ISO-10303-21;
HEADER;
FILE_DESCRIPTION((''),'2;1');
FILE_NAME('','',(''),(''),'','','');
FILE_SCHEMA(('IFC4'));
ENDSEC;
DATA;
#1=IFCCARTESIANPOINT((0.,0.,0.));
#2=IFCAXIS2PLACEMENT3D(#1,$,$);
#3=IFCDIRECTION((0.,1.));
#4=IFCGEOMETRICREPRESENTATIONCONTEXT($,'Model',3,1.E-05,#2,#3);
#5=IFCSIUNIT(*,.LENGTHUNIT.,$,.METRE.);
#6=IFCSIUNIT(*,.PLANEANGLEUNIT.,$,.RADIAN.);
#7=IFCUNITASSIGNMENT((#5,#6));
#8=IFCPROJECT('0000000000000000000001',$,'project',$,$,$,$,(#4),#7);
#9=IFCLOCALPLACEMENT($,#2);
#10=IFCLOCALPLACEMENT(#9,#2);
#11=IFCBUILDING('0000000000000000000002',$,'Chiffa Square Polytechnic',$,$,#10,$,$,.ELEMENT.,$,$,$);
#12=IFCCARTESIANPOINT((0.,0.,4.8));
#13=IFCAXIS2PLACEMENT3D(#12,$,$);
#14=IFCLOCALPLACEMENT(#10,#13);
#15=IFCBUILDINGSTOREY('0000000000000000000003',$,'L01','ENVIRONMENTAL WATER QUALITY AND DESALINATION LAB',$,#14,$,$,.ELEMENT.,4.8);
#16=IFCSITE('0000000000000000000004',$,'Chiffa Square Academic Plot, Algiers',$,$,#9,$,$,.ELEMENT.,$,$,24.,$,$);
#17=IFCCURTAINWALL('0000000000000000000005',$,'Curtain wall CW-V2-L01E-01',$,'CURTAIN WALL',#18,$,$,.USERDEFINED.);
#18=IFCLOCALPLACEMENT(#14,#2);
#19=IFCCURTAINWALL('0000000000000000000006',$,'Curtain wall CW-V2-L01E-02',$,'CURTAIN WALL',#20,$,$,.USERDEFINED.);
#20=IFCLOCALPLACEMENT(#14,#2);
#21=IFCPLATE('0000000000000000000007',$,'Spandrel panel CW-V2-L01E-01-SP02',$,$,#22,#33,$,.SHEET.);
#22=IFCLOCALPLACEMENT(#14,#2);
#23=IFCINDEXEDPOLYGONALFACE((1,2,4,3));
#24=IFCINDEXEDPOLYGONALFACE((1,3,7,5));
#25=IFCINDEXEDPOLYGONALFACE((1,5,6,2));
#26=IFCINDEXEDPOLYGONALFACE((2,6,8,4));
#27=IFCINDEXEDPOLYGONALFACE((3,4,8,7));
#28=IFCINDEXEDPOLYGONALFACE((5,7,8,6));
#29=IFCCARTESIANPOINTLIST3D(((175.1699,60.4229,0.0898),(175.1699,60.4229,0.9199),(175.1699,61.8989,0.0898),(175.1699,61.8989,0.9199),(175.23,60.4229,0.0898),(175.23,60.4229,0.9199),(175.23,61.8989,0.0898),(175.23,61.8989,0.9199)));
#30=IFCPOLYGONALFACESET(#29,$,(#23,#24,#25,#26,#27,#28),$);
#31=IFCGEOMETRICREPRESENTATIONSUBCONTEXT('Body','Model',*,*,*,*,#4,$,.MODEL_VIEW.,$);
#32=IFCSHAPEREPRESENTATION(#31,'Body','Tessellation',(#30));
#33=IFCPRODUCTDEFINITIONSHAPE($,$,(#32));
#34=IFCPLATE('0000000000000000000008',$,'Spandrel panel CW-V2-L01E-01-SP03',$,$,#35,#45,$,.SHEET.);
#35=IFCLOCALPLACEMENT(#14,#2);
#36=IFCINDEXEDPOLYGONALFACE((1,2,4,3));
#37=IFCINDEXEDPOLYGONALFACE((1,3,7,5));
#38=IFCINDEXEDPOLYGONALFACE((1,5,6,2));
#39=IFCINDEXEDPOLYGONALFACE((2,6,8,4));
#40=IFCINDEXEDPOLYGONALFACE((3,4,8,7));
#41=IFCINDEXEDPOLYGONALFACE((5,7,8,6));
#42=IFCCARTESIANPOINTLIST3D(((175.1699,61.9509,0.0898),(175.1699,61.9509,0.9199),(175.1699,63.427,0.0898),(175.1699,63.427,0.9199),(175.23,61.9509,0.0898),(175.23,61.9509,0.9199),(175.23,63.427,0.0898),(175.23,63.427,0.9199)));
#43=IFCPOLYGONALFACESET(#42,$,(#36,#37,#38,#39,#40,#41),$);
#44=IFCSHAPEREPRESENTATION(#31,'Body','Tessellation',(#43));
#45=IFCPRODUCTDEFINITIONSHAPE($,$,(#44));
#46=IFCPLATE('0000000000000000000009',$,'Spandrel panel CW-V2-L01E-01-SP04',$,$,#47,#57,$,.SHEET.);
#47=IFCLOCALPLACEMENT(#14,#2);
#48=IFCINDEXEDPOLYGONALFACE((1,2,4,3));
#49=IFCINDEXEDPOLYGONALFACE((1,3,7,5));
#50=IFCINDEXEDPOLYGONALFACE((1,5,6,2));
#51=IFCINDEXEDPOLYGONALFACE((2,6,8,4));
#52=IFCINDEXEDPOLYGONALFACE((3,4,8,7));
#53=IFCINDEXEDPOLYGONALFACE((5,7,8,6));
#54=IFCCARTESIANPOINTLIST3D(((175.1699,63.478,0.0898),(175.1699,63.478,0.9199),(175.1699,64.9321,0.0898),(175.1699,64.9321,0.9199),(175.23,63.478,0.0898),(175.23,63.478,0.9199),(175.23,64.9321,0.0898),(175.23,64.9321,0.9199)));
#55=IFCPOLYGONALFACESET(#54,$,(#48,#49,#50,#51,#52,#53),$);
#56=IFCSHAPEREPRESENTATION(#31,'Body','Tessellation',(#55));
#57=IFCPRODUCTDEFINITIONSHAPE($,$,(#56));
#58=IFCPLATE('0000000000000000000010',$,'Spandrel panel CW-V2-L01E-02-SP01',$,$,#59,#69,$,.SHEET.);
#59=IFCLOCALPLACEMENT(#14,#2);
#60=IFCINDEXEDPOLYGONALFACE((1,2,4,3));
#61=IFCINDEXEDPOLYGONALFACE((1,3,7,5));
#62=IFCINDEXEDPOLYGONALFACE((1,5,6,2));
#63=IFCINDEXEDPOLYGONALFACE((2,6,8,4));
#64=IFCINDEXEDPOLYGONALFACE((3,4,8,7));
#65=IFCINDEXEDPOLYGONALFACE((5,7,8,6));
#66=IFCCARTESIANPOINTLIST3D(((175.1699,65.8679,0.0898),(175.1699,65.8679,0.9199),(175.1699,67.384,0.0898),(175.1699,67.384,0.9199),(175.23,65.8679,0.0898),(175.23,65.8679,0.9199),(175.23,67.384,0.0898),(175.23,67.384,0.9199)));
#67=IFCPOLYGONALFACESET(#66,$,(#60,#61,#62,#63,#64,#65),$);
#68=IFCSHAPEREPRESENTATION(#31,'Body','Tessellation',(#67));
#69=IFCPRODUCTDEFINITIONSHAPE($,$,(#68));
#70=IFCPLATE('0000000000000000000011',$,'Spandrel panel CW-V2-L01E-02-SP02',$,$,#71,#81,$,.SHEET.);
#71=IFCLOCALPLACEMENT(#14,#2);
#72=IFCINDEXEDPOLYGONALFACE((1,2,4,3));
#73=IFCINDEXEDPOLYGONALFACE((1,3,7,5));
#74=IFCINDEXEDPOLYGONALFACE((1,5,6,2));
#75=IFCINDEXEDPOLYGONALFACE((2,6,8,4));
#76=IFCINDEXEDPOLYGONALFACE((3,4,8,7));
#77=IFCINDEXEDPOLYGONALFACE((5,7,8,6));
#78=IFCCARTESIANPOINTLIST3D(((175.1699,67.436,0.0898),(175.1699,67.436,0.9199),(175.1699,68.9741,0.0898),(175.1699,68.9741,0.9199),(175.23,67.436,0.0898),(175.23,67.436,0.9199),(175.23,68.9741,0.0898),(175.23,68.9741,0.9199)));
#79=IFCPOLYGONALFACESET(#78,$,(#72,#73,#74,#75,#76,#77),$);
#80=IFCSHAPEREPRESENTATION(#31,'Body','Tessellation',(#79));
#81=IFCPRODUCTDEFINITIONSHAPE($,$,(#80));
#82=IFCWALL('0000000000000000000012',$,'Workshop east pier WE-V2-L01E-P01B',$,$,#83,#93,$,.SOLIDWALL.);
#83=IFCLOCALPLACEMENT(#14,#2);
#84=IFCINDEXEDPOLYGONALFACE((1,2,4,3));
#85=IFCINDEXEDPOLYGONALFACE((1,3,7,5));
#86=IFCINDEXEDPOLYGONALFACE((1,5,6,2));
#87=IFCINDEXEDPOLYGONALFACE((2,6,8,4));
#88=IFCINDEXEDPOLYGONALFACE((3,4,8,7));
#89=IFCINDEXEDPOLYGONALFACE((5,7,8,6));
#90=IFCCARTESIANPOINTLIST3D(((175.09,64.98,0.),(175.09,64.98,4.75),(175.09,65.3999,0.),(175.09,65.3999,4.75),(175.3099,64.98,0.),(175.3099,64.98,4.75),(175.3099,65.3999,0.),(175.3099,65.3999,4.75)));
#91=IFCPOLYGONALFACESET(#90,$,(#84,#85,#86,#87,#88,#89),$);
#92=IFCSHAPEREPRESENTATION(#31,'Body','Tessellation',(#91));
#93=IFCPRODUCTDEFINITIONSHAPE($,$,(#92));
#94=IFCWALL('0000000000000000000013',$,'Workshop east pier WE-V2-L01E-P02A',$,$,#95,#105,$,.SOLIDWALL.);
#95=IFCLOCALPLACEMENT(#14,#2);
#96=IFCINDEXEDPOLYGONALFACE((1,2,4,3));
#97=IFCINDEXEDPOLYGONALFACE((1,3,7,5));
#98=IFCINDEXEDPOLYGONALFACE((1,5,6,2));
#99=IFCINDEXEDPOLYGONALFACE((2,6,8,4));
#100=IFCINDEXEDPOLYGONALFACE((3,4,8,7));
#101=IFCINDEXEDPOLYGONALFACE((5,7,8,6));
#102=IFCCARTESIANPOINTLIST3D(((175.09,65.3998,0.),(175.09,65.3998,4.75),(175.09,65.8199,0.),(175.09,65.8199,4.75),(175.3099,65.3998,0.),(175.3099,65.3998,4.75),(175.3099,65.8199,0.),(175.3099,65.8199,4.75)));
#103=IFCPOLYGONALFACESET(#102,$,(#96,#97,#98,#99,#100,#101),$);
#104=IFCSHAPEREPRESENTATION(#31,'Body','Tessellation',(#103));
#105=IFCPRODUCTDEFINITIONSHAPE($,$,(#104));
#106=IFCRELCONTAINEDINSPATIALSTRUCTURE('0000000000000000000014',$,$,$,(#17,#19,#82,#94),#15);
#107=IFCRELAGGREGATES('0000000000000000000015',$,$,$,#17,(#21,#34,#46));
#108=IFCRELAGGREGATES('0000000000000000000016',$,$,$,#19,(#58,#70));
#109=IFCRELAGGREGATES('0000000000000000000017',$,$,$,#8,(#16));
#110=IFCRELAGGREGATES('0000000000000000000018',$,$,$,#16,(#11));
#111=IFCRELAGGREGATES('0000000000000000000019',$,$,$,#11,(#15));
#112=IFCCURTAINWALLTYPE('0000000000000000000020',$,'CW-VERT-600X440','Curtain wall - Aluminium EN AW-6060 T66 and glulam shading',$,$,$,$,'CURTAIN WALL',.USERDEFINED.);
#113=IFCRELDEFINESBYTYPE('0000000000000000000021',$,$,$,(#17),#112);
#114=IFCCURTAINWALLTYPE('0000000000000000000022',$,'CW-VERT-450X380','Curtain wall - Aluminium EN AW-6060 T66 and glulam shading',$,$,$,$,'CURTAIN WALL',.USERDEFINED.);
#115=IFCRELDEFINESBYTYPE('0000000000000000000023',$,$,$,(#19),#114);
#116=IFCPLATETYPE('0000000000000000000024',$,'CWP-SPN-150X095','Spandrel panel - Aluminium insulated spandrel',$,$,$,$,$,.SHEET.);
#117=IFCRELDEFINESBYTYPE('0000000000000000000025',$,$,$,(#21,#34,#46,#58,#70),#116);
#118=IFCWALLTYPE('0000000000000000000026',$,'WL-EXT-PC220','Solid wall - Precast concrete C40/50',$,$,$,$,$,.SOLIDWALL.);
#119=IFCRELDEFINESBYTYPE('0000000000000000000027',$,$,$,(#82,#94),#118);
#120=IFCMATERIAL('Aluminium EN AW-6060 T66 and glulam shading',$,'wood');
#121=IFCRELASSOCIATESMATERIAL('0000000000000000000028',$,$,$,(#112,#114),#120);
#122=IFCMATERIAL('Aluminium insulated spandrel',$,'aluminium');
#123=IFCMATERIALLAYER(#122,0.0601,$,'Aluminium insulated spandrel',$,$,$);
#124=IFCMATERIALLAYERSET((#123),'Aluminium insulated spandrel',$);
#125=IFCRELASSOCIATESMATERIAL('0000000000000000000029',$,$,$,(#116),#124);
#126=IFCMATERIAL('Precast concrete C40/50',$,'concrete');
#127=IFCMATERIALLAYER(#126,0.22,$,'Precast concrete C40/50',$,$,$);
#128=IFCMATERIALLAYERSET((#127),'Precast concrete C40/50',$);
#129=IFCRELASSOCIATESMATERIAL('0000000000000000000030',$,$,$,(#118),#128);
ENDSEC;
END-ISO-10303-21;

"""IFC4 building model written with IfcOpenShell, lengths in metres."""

from ifc_helpers import new_model, si_unit, direction, frame, frame_2d, origin, origin_2d, place, context, subcontext, project, spatial, rectangle, extrude, material, layer, layer_set, type_object, element, aggregate, save


model = new_model("IFC4")

# Units and contexts
model_context = context("Model", 3, precision=1e-05, world=origin(), true_north=direction((0.0, 1.0)))
body_context = subcontext(model_context, "Body", "Model", "MODEL_VIEW")
ifc_project = project(units=[si_unit("LENGTHUNIT", "METRE"), si_unit("PLANEANGLEUNIT", "RADIAN")], contexts=[model_context])

# Site, building, storey
site_placement = place(None, origin())
site = spatial("IfcSite", under=ifc_project, at=site_placement, Name="Chiffa Square Academic Plot, Algiers", CompositionType="ELEMENT", RefElevation=24.0)
building_placement = place(site_placement, origin())
building = spatial("IfcBuilding", under=site, at=building_placement, Name="Chiffa Square Polytechnic", CompositionType="ELEMENT")
storey_placement = place(building_placement, frame((0.0, 0.0, 4.8)))
storey = spatial("IfcBuildingStorey", under=building, at=storey_placement, Name="L01", Description="ENVIRONMENTAL WATER QUALITY AND DESALINATION LAB", CompositionType="ELEMENT", Elevation=4.8)

# Curtain walls
ifc_material_1 = material(Name="Aluminium EN AW-6060 T66 and glulam shading", Category="wood")
curtain_wall_type_1 = type_object("IfcCurtainWallType", Name="CW-VERT-600X440", Description="Curtain wall - Aluminium EN AW-6060 T66 and glulam shading", ElementType="CURTAIN WALL", PredefinedType="USERDEFINED", material=ifc_material_1)
curtain_wall_1_placement = place(storey_placement, origin())
curtain_wall_1 = element("IfcCurtainWall", 1, at=curtain_wall_1_placement, inside=storey, type_object=curtain_wall_type_1, Name="Curtain wall CW-V2-L01E-01", ObjectType="CURTAIN WALL", PredefinedType="USERDEFINED")
curtain_wall_type_2 = type_object("IfcCurtainWallType", Name="CW-VERT-450X380", Description="Curtain wall - Aluminium EN AW-6060 T66 and glulam shading", ElementType="CURTAIN WALL", PredefinedType="USERDEFINED", material=ifc_material_1)
curtain_wall_2_placement = place(storey_placement, origin())
curtain_wall_2 = element("IfcCurtainWall", 2, at=curtain_wall_2_placement, inside=storey, type_object=curtain_wall_type_2, Name="Curtain wall CW-V2-L01E-02", ObjectType="CURTAIN WALL", PredefinedType="USERDEFINED")

# Plates
ifc_material_2 = material(Name="Aluminium insulated spandrel", Category="aluminium")
ifc_layer_1 = layer(ifc_material_2, 0.0601, Name="Aluminium insulated spandrel")
ifc_layer_set_1 = layer_set([ifc_layer_1], Name="Aluminium insulated spandrel")
plate_type_1 = type_object("IfcPlateType", Name="CWP-SPN-150X095", Description="Spandrel panel - Aluminium insulated spandrel", PredefinedType="SHEET", material=ifc_layer_set_1)
plate_1_placement = place(storey_placement, frame((175.2, 61.1609, 0.0898), z_axis=(0.0, 0.0, 1.0), x_axis=(0.0, 1.0, 0.0)))
plate_1 = element("IfcPlate", 3, at=plate_1_placement, type_object=plate_type_1, Name="Spandrel panel CW-V2-L01E-01-SP02", PredefinedType="SHEET", context=body_context, shape_type="SweptSolid", body=[
    extrude(rectangle(XDim=1.4761, YDim=0.0601, at=origin_2d()), origin(), (0.0, 0.0, 1.0), 0.8301),
])
plate_2_placement = place(storey_placement, frame((175.2, 62.689, 0.0898), z_axis=(0.0, 0.0, 1.0), x_axis=(0.0, 1.0, 0.0)))
plate_2 = element("IfcPlate", 4, at=plate_2_placement, type_object=plate_type_1, Name="Spandrel panel CW-V2-L01E-01-SP03", PredefinedType="SHEET", context=body_context, shape_type="SweptSolid", body=[
    extrude(rectangle(XDim=1.4761, YDim=0.0601, at=origin_2d()), origin(), (0.0, 0.0, 1.0), 0.8301),
])
plate_3_placement = place(storey_placement, frame((175.2, 64.2051, 0.0898), z_axis=(0.0, 0.0, 1.0), x_axis=(0.0, 1.0, 0.0)))
plate_3 = element("IfcPlate", 5, at=plate_3_placement, type_object=plate_type_1, Name="Spandrel panel CW-V2-L01E-01-SP04", PredefinedType="SHEET", context=body_context, shape_type="SweptSolid", body=[
    extrude(rectangle(XDim=1.4541, YDim=0.0601, at=origin_2d()), origin(), (0.0, 0.0, 1.0), 0.8301),
])
aggregate(curtain_wall_1, [plate_1, plate_2, plate_3])
plate_4_placement = place(storey_placement, frame((175.2, 66.626, 0.0898), z_axis=(0.0, 0.0, 1.0), x_axis=(0.0, 1.0, 0.0)))
plate_4 = element("IfcPlate", 6, at=plate_4_placement, type_object=plate_type_1, Name="Spandrel panel CW-V2-L01E-02-SP01", PredefinedType="SHEET", context=body_context, shape_type="SweptSolid", body=[
    extrude(rectangle(XDim=1.5161, YDim=0.0601, at=origin_2d()), origin(), (0.0, 0.0, 1.0), 0.8301),
])
plate_5_placement = place(storey_placement, frame((175.2, 68.2051, 0.0898), z_axis=(0.0, 0.0, 1.0), x_axis=(0.0, 1.0, 0.0)))
plate_5 = element("IfcPlate", 7, at=plate_5_placement, type_object=plate_type_1, Name="Spandrel panel CW-V2-L01E-02-SP02", PredefinedType="SHEET", context=body_context, shape_type="SweptSolid", body=[
    extrude(rectangle(XDim=1.5381, YDim=0.0601, at=origin_2d()), origin(), (0.0, 0.0, 1.0), 0.8301),
])
aggregate(curtain_wall_2, [plate_4, plate_5])

# Walls
ifc_material_3 = material(Name="Precast concrete C40/50", Category="concrete")
ifc_layer_2 = layer(ifc_material_3, 0.22, Name="Precast concrete C40/50")
ifc_layer_set_2 = layer_set([ifc_layer_2], Name="Precast concrete C40/50")
wall_type = type_object("IfcWallType", Name="WL-EXT-PC220", Description="Solid wall - Precast concrete C40/50", PredefinedType="SOLIDWALL", material=ifc_layer_set_2)
wall_1_placement = place(storey_placement, frame((175.2, 64.98, 0.0), z_axis=(0.0, 0.0, 1.0), x_axis=(0.0, 1.0, 0.0)))
element("IfcWall", 8, at=wall_1_placement, inside=storey, type_object=wall_type, Name="Workshop east pier WE-V2-L01E-P01B", PredefinedType="SOLIDWALL", context=body_context, shape_type="SweptSolid", body=[
    extrude(rectangle(XDim=0.4199, YDim=0.22, at=frame_2d((0.21, 0.0))), origin(), (0.0, 0.0, 1.0), 4.75),
])
wall_2_placement = place(storey_placement, frame((175.2, 65.3999, 0.0), z_axis=(0.0, 0.0, 1.0), x_axis=(0.0, 1.0, 0.0)))
element("IfcWall", 9, at=wall_2_placement, inside=storey, type_object=wall_type, Name="Workshop east pier WE-V2-L01E-P02A", PredefinedType="SOLIDWALL", context=body_context, shape_type="SweptSolid", body=[
    extrude(rectangle(XDim=0.4202, YDim=0.22, at=frame_2d((0.21, 0.0))), origin(), (0.0, 0.0, 1.0), 4.75),
])

save(model, "model.ifc")
